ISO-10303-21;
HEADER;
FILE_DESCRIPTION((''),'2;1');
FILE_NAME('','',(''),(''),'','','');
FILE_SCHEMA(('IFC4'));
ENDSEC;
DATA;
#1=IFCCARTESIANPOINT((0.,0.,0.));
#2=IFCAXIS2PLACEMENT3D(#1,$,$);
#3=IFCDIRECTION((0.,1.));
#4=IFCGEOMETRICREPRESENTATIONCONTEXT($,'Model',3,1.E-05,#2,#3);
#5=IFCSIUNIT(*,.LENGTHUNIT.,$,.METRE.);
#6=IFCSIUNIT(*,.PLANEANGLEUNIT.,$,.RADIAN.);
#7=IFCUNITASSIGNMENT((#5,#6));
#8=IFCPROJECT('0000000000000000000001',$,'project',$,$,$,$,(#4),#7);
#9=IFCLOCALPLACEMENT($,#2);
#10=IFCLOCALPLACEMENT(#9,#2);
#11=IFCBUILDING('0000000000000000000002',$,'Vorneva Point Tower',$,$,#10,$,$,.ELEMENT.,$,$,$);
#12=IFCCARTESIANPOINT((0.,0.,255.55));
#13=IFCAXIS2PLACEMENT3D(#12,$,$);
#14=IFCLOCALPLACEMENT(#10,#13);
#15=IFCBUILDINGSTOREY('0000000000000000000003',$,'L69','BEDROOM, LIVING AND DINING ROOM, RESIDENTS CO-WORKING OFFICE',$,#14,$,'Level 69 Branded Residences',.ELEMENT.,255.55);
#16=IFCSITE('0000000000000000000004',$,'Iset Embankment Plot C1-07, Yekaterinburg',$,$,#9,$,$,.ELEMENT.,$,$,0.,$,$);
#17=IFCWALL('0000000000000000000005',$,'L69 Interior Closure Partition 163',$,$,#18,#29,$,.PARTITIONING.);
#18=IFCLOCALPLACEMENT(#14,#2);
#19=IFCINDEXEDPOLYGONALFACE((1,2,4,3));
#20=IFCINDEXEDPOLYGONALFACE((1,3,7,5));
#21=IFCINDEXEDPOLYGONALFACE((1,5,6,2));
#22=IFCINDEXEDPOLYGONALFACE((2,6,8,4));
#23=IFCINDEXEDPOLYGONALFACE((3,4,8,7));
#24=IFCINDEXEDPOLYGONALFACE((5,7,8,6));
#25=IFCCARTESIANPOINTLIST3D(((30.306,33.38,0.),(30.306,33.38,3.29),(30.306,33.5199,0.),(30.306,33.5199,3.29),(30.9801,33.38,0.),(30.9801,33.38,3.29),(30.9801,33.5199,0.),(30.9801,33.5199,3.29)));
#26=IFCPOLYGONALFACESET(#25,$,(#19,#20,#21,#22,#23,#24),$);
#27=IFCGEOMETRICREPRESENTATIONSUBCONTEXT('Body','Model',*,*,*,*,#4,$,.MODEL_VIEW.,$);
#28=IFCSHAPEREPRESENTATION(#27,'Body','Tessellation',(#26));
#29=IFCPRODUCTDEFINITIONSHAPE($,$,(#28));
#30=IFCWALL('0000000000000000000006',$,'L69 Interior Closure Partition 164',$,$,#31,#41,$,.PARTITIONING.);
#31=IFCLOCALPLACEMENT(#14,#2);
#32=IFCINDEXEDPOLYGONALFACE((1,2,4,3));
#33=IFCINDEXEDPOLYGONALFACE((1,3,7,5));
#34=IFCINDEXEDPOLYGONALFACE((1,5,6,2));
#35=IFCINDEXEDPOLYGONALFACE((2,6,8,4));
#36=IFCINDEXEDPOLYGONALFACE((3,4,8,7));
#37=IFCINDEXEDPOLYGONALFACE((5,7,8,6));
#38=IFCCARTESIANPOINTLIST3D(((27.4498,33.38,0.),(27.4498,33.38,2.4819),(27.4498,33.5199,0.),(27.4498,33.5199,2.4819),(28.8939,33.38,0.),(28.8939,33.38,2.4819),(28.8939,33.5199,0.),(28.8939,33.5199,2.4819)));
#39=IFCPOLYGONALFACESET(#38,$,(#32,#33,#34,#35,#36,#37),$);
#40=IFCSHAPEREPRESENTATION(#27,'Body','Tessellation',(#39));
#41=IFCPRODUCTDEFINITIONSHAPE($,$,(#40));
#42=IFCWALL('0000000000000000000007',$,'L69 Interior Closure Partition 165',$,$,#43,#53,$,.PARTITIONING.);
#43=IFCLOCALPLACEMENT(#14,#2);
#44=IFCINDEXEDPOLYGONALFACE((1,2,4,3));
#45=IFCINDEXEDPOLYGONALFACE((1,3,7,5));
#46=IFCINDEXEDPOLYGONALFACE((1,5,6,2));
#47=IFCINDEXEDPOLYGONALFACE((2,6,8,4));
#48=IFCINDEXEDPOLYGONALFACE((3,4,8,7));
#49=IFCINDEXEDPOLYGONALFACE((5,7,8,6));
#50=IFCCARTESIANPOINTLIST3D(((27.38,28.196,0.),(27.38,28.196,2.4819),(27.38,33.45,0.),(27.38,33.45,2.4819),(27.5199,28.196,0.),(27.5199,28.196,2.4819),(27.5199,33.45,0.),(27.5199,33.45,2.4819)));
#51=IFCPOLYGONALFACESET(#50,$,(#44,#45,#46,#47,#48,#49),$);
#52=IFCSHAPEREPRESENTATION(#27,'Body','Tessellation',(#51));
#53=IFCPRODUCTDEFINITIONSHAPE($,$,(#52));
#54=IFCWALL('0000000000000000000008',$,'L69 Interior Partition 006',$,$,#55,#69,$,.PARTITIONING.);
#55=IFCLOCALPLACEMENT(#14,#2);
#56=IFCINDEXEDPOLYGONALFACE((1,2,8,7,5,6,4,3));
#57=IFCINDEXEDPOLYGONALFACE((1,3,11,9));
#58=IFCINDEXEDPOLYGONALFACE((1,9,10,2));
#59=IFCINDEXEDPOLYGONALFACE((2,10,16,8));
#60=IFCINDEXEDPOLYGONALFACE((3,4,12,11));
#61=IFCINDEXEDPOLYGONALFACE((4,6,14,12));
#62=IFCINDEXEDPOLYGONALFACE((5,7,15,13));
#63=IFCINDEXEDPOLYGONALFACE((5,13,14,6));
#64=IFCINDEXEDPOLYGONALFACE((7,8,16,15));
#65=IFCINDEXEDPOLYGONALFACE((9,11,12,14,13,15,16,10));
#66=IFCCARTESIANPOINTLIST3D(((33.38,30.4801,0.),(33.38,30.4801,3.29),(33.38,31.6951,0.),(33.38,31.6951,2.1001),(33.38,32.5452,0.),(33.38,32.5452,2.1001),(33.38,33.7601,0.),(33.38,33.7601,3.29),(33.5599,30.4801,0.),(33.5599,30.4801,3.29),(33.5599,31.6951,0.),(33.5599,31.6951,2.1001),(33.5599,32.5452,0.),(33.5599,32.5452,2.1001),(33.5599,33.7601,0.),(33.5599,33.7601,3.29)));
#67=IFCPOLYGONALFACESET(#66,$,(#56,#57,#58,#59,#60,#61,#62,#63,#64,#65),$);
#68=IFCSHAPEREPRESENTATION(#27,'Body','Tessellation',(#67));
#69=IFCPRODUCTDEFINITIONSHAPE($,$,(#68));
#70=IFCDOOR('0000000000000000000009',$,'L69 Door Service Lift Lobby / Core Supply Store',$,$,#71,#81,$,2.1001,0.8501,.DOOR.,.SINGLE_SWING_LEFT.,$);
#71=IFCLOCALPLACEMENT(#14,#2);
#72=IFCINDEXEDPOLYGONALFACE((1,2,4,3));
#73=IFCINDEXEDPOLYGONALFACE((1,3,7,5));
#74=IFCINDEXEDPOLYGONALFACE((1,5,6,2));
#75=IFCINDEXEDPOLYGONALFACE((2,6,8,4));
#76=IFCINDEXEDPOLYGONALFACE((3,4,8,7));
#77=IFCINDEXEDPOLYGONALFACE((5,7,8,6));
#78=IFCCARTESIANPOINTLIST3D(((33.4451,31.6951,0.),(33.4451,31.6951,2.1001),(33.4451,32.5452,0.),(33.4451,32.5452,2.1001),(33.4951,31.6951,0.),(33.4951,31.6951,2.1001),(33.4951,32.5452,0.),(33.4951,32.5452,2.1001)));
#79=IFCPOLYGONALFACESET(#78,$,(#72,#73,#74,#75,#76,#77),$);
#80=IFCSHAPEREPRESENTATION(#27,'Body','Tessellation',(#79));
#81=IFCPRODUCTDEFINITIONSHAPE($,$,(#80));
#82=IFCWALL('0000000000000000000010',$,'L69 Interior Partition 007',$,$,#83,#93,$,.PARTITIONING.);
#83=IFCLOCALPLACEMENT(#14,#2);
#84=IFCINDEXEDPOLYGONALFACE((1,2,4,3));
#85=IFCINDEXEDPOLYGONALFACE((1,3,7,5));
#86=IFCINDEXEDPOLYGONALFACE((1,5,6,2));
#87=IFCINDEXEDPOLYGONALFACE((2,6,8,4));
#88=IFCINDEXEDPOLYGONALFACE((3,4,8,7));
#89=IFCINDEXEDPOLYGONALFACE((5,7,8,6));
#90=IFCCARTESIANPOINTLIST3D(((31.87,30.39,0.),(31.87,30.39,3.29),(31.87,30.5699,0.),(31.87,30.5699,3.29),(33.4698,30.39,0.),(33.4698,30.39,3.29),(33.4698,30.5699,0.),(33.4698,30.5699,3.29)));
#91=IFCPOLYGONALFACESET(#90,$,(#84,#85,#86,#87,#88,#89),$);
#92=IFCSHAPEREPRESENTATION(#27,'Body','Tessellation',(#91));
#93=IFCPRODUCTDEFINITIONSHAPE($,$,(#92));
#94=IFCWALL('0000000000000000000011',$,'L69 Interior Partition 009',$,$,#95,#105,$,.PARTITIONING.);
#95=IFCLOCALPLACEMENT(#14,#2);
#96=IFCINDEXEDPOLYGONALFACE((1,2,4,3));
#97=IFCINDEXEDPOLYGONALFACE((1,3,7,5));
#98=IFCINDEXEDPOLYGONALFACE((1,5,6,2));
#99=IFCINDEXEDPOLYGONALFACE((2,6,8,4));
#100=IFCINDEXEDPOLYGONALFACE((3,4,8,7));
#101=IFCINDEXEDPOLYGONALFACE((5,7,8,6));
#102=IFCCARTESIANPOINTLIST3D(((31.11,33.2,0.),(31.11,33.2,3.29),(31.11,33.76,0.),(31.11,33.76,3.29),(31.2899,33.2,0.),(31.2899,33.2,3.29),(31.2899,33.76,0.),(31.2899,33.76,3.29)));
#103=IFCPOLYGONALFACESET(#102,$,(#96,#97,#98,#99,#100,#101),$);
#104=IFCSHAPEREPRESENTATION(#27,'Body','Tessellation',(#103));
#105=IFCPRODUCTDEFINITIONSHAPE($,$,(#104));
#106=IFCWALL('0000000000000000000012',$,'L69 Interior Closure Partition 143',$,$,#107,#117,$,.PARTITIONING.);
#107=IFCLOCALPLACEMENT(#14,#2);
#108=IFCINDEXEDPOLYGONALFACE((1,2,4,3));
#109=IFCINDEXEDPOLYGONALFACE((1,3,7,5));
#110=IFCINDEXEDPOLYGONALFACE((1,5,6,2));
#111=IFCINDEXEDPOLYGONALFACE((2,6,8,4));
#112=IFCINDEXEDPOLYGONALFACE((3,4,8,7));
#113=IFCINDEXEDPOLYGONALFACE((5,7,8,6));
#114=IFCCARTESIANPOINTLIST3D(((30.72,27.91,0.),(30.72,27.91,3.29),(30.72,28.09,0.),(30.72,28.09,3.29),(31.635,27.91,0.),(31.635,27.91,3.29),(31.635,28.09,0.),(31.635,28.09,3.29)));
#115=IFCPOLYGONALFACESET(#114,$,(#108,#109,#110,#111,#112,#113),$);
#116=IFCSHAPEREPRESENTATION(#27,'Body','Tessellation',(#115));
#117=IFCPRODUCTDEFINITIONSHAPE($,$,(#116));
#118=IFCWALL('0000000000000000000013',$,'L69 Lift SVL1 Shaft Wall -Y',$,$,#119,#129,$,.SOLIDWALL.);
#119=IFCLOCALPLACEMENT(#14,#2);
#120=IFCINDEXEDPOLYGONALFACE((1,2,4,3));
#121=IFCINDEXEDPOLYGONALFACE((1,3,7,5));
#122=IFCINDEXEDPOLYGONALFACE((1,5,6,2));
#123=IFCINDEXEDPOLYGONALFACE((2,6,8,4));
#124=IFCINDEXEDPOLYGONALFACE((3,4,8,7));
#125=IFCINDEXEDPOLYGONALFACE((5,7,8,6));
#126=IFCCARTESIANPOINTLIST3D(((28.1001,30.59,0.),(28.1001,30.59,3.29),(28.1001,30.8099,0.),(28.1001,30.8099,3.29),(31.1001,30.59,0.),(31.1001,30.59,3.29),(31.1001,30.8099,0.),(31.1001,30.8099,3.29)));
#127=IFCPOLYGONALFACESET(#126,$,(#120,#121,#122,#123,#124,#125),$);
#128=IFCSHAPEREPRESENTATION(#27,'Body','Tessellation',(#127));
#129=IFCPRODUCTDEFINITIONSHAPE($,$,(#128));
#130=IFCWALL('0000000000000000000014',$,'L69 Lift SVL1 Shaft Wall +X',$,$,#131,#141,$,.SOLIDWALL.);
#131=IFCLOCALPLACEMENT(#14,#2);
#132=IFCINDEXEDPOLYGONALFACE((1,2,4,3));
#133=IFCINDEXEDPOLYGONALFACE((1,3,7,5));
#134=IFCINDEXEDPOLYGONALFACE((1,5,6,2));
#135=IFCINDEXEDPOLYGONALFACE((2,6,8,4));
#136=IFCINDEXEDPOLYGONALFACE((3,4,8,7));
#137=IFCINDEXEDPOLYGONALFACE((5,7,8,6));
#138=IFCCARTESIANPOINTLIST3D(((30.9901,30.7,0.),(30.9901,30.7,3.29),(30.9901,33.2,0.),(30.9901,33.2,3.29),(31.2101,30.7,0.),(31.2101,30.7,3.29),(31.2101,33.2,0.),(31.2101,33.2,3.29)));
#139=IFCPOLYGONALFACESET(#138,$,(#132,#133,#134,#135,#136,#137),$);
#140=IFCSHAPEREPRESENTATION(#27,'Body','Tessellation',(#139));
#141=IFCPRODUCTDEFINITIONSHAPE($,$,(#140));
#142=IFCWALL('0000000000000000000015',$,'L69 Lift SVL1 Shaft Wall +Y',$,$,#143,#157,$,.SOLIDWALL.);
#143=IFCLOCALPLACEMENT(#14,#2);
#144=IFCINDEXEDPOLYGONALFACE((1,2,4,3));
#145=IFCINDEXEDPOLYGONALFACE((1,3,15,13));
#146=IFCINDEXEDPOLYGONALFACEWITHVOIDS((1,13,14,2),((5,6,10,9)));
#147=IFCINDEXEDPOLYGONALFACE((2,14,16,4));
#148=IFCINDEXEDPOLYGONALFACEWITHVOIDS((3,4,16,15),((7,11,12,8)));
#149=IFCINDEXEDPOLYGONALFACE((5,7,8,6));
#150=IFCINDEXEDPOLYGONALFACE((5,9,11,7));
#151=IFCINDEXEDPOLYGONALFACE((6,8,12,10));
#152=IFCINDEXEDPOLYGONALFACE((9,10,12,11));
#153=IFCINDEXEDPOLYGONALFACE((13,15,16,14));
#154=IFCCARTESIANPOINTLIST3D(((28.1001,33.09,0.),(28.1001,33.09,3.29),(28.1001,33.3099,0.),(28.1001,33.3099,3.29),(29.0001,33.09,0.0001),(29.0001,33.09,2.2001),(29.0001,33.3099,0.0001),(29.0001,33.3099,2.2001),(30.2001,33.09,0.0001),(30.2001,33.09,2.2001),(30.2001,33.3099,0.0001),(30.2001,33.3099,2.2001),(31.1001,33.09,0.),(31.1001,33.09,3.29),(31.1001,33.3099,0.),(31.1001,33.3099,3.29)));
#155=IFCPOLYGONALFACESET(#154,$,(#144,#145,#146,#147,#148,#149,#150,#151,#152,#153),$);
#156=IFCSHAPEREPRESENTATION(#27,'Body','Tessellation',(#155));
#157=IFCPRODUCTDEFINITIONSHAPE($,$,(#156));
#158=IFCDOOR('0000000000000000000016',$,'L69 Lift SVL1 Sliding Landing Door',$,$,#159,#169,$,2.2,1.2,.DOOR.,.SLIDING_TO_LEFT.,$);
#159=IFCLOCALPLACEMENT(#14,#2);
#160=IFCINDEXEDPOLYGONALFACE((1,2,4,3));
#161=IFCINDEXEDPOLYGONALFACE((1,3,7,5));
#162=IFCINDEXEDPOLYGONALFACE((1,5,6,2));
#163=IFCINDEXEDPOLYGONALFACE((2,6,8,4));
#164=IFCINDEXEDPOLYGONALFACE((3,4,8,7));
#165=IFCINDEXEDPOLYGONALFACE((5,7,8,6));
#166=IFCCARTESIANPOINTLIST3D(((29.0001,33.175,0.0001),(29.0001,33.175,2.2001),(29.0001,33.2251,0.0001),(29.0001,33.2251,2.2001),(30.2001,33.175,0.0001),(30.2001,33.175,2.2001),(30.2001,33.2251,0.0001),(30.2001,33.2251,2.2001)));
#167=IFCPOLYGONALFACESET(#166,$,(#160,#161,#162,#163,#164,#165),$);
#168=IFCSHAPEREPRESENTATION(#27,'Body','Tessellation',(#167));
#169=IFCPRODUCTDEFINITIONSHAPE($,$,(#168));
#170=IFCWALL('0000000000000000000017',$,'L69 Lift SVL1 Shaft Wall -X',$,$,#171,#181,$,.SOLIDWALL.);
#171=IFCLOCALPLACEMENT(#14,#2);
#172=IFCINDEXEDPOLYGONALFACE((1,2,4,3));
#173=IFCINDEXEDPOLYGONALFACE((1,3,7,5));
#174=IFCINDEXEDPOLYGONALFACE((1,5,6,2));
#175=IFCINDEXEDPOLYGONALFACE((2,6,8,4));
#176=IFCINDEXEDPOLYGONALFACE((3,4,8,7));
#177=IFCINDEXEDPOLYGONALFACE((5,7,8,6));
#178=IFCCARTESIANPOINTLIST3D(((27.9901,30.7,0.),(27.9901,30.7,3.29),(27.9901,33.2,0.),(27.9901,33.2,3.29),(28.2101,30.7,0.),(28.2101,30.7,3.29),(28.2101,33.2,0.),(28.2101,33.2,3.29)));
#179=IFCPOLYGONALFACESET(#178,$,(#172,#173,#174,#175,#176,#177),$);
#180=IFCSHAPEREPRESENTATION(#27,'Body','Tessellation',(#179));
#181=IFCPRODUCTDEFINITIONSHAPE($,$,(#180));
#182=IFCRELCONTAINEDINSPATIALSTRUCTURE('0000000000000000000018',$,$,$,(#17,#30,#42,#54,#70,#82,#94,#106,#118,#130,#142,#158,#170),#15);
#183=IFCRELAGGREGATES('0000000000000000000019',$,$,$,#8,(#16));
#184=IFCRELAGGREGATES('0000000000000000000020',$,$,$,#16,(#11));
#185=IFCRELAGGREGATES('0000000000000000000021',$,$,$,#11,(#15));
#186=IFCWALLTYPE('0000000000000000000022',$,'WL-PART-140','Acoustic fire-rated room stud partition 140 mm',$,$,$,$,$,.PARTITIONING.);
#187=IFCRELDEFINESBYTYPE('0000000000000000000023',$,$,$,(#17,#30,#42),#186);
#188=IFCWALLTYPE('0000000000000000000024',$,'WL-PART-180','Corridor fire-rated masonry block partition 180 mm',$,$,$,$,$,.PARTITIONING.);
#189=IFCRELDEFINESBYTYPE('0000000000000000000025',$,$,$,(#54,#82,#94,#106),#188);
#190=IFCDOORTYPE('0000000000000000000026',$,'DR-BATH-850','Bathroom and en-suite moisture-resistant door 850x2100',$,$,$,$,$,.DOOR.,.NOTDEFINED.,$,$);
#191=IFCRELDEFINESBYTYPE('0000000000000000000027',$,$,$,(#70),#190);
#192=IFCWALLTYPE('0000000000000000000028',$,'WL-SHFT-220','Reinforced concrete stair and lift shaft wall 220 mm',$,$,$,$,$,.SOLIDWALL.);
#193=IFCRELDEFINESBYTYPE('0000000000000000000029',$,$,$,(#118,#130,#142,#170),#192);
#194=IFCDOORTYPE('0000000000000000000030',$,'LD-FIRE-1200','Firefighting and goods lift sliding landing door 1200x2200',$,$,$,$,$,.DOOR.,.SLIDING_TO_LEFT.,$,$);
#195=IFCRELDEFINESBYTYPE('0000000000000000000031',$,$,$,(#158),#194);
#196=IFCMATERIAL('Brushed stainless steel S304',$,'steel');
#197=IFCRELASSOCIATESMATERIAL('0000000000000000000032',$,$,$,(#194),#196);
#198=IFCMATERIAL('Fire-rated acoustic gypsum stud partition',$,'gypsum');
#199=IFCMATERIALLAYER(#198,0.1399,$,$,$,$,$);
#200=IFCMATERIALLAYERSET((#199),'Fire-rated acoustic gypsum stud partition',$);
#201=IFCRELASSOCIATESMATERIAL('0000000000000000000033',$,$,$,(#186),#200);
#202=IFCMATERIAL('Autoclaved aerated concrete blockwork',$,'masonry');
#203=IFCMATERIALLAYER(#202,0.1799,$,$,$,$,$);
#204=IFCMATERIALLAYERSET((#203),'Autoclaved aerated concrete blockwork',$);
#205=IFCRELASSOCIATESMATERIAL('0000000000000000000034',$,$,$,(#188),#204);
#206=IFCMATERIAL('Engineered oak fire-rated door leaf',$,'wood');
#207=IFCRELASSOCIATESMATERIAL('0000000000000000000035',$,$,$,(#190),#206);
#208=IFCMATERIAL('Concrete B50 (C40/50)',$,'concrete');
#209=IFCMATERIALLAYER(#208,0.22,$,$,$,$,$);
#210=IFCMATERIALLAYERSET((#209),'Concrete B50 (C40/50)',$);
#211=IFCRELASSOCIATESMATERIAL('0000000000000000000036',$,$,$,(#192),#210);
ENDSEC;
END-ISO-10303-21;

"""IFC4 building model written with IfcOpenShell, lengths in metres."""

from ifc_helpers import new_model, si_unit, direction, frame, frame_2d, origin, place, context, subcontext, project, spatial, rectangle, extrude, material, layer, layer_set, type_object, element, fill, save


model = new_model("IFC4")

# Units and contexts
model_context = context("Model", 3, precision=1e-05, world=origin(), true_north=direction((0.0, 1.0)))
body_context = subcontext(model_context, "Body", "Model", "MODEL_VIEW")
ifc_project = project(units=[si_unit("LENGTHUNIT", "METRE"), si_unit("PLANEANGLEUNIT", "RADIAN")], contexts=[model_context])

# Site, building, storey
site_placement = place(None, origin())
site = spatial("IfcSite", under=ifc_project, at=site_placement, Name="Iset Embankment Plot C1-07, Yekaterinburg", CompositionType="ELEMENT", RefElevation=0.0)
building_placement = place(site_placement, origin())
building = spatial("IfcBuilding", under=site, at=building_placement, Name="Vorneva Point Tower", CompositionType="ELEMENT")
storey_placement = place(building_placement, frame((0.0, 0.0, 255.55)))
storey = spatial("IfcBuildingStorey", under=building, at=storey_placement, Name="L69", Description="BEDROOM, LIVING AND DINING ROOM, RESIDENTS CO-WORKING OFFICE", LongName="Level 69 Branded Residences", CompositionType="ELEMENT", Elevation=255.55)

# Shared definitions
ifc_material_1 = material(Name="Concrete B50 (C40/50)", Category="concrete")

# Shared definitions
ifc_material_2 = material(Name="Brushed stainless steel S304", Category="steel")
door_type_1 = type_object("IfcDoorType", Name="LD-FIRE-1200", Description="Firefighting and goods lift sliding landing door 1200x2200", OperationType="SLIDING_TO_LEFT", PredefinedType="DOOR", material=ifc_material_2)

# Walls
ifc_material_3 = material(Name="Fire-rated acoustic gypsum stud partition", Category="gypsum")
ifc_layer_1 = layer(ifc_material_3, 0.1399)
ifc_layer_set_1 = layer_set([ifc_layer_1], Name="Fire-rated acoustic gypsum stud partition")
wall_type_1 = type_object("IfcWallType", Name="WL-PART-140", Description="Acoustic fire-rated room stud partition 140 mm", PredefinedType="PARTITIONING", material=ifc_layer_set_1)
wall_1_placement = place(storey_placement, frame((30.98, 33.45, 0.0), z_axis=(0.0, 0.0, 1.0), x_axis=(-1.0, 0.0, 0.0)))
element("IfcWall", 1, at=wall_1_placement, inside=storey, type_object=wall_type_1, Name="L69 Interior Closure Partition 163", PredefinedType="PARTITIONING", context=body_context, shape_type="SweptSolid", body=[
    extrude(rectangle(XDim=0.6741, YDim=0.1399, at=frame_2d((0.3369, 0.0))), origin(), (0.0, 0.0, 1.0), 3.29),
])
wall_2_placement = place(storey_placement, frame((28.894, 33.45, 0.0), z_axis=(0.0, 0.0, 1.0), x_axis=(-1.0, 0.0, 0.0)))
element("IfcWall", 2, at=wall_2_placement, inside=storey, type_object=wall_type_1, Name="L69 Interior Closure Partition 164", PredefinedType="PARTITIONING", context=body_context, shape_type="SweptSolid", body=[
    extrude(rectangle(XDim=1.4441, YDim=0.1399, at=frame_2d((0.7222, 0.0))), origin(), (0.0, 0.0, 1.0), 2.4819),
])
wall_3_placement = place(storey_placement, frame((27.45, 33.45, 0.0), z_axis=(0.0, 0.0, 1.0), x_axis=(0.0, -1.0, 0.0)))
element("IfcWall", 3, at=wall_3_placement, inside=storey, type_object=wall_type_1, Name="L69 Interior Closure Partition 165", PredefinedType="PARTITIONING", context=body_context, shape_type="SweptSolid", body=[
    extrude(rectangle(XDim=5.2539, YDim=0.1399, at=frame_2d((2.627, 0.0))), origin(), (0.0, 0.0, 1.0), 2.4819),
])

# Wall, opening, door
ifc_material_4 = material(Name="Autoclaved aerated concrete blockwork", Category="masonry")
ifc_layer_2 = layer(ifc_material_4, 0.1799)
ifc_layer_set_2 = layer_set([ifc_layer_2], Name="Autoclaved aerated concrete blockwork")
wall_type_2 = type_object("IfcWallType", Name="WL-PART-180", Description="Corridor fire-rated masonry block partition 180 mm", PredefinedType="PARTITIONING", material=ifc_layer_set_2)
wall_4_placement = place(storey_placement, frame((33.47, 30.48, 0.0), z_axis=(0.0, 0.0, 1.0), x_axis=(0.0, 1.0, 0.0)))
wall_4 = element("IfcWall", 4, at=wall_4_placement, inside=storey, type_object=wall_type_2, Name="L69 Interior Partition 006", PredefinedType="PARTITIONING", context=body_context, shape_type="SweptSolid", body=[
    extrude(rectangle(XDim=3.28, YDim=0.1799, at=frame_2d((1.6401, 0.0))), origin(), (0.0, 0.0, 1.0), 3.29),
])
opening_1_placement = place(wall_4_placement, frame((1.2151, 0.0, 0.0)))
opening_1 = element("IfcOpeningElement", 5, at=opening_1_placement, cuts=wall_4, PredefinedType="OPENING", context=body_context, shape_type="SweptSolid", body=[
    extrude(rectangle(XDim=0.8501, YDim=2.1001, at=frame_2d((0.425, 1.05))), frame((0.0, 0.105, 0.0), z_axis=(0.0, -1.0, 0.0), x_axis=(1.0, 0.0, 0.0)), (0.0, 0.0, 1.0), 0.2097),
])
ifc_material_5 = material(Name="Engineered oak fire-rated door leaf", Category="wood")
door_type_2 = type_object("IfcDoorType", Name="DR-BATH-850", Description="Bathroom and en-suite moisture-resistant door 850x2100", OperationType="NOTDEFINED", PredefinedType="DOOR", material=ifc_material_5)
door_1_placement = place(opening_1_placement, origin())
door_1 = element("IfcDoor", 6, at=door_1_placement, inside=storey, type_object=door_type_2, Name="L69 Door Service Lift Lobby / Core Supply Store", OperationType="SINGLE_SWING_LEFT", OverallHeight=2.1001, OverallWidth=0.8501, PredefinedType="DOOR", context=body_context, shape_type="SweptSolid", body=[
    extrude(rectangle(XDim=0.8501, YDim=2.1001, at=frame_2d((0.425, 1.05))), frame((0.0, 0.0249, 0.0), z_axis=(0.0, -1.0, 0.0), x_axis=(1.0, 0.0, 0.0)), (0.0, 0.0, 1.0), 0.05),
])
fill(opening_1, door_1)

# Walls
wall_5_placement = place(storey_placement, frame((31.8701, 30.48, 0.0), z_axis=(0.0, 0.0, 1.0), x_axis=(1.0, 0.0, 0.0)))
element("IfcWall", 7, at=wall_5_placement, inside=storey, type_object=wall_type_2, Name="L69 Interior Partition 007", PredefinedType="PARTITIONING", context=body_context, shape_type="SweptSolid", body=[
    extrude(rectangle(XDim=1.5999, YDim=0.1799, at=frame_2d((0.7998, 0.0))), origin(), (0.0, 0.0, 1.0), 3.29),
])
wall_6_placement = place(storey_placement, frame((31.2, 33.76, 0.0), z_axis=(0.0, 0.0, 1.0), x_axis=(0.0, -1.0, 0.0)))
element("IfcWall", 8, at=wall_6_placement, inside=storey, type_object=wall_type_2, Name="L69 Interior Partition 009", PredefinedType="PARTITIONING", context=body_context, shape_type="SweptSolid", body=[
    extrude(rectangle(XDim=0.5601, YDim=0.1799, at=frame_2d((0.28, 0.0))), origin(), (0.0, 0.0, 1.0), 3.29),
])
wall_7_placement = place(storey_placement, frame((31.635, 28.0, 0.0), z_axis=(0.0, 0.0, 1.0), x_axis=(-1.0, 0.0, 0.0)))
element("IfcWall", 9, at=wall_7_placement, inside=storey, type_object=wall_type_2, Name="L69 Interior Closure Partition 143", PredefinedType="PARTITIONING", context=body_context, shape_type="SweptSolid", body=[
    extrude(rectangle(XDim=0.915, YDim=0.1799, at=frame_2d((0.4575, 0.0))), origin(), (0.0, 0.0, 1.0), 3.29),
])
ifc_layer_3 = layer(ifc_material_1, 0.22)
ifc_layer_set_3 = layer_set([ifc_layer_3], Name="Concrete B50 (C40/50)")
wall_type_3 = type_object("IfcWallType", Name="WL-SHFT-220", Description="Reinforced concrete stair and lift shaft wall 220 mm", PredefinedType="SOLIDWALL", material=ifc_layer_set_3)
wall_8_placement = place(storey_placement, frame((28.1001, 30.7, 0.0), z_axis=(0.0, 0.0, 1.0), x_axis=(1.0, 0.0, 0.0)))
element("IfcWall", 10, at=wall_8_placement, inside=storey, type_object=wall_type_3, Name="L69 Lift SVL1 Shaft Wall -Y", PredefinedType="SOLIDWALL", context=body_context, shape_type="SweptSolid", body=[
    extrude(rectangle(XDim=3.0, YDim=0.22, at=frame_2d((1.5, 0.0))), origin(), (0.0, 0.0, 1.0), 3.29),
])
wall_9_placement = place(storey_placement, frame((31.1001, 30.7, 0.0), z_axis=(0.0, 0.0, 1.0), x_axis=(0.0, 1.0, 0.0)))
element("IfcWall", 11, at=wall_9_placement, inside=storey, type_object=wall_type_3, Name="L69 Lift SVL1 Shaft Wall +X", PredefinedType="SOLIDWALL", context=body_context, shape_type="SweptSolid", body=[
    extrude(rectangle(XDim=2.5, YDim=0.22, at=frame_2d((1.25, 0.0))), origin(), (0.0, 0.0, 1.0), 3.29),
])

# Wall, opening, door
wall_10_placement = place(storey_placement, frame((31.1001, 33.2, 0.0), z_axis=(0.0, 0.0, 1.0), x_axis=(-1.0, 0.0, 0.0)))
wall_10 = element("IfcWall", 12, at=wall_10_placement, inside=storey, type_object=wall_type_3, Name="L69 Lift SVL1 Shaft Wall +Y", PredefinedType="SOLIDWALL", context=body_context, shape_type="SweptSolid", body=[
    extrude(rectangle(XDim=3.0, YDim=0.22, at=frame_2d((1.5, 0.0))), origin(), (0.0, 0.0, 1.0), 3.29),
])
opening_2_placement = place(wall_10_placement, frame((0.8999, 0.0, 0.0)))
opening_2 = element("IfcOpeningElement", 13, at=opening_2_placement, cuts=wall_10, PredefinedType="OPENING", context=body_context, shape_type="SweptSolid", body=[
    extrude(rectangle(XDim=1.2, YDim=2.2, at=frame_2d((0.6001, 1.1001))), frame((0.0, 0.125, 0.0), z_axis=(0.0, -1.0, 0.0), x_axis=(1.0, 0.0, 0.0)), (0.0, 0.0, 1.0), 0.2498),
])
door_2_placement = place(opening_2_placement, origin())
door_2 = element("IfcDoor", 14, at=door_2_placement, inside=storey, type_object=door_type_1, Name="L69 Lift SVL1 Sliding Landing Door", OperationType="SLIDING_TO_LEFT", OverallHeight=2.2, OverallWidth=1.2, PredefinedType="DOOR", context=body_context, shape_type="SweptSolid", body=[
    extrude(rectangle(XDim=1.2, YDim=2.2, at=frame_2d((0.6001, 1.1001))), frame((0.0, 0.0249, 0.0), z_axis=(0.0, -1.0, 0.0), x_axis=(1.0, 0.0, 0.0)), (0.0, 0.0, 1.0), 0.05),
])
fill(opening_2, door_2)

# Wall
wall_11_placement = place(storey_placement, frame((28.1001, 33.2, 0.0), z_axis=(0.0, 0.0, 1.0), x_axis=(0.0, -1.0, 0.0)))
element("IfcWall", 15, at=wall_11_placement, inside=storey, type_object=wall_type_3, Name="L69 Lift SVL1 Shaft Wall -X", PredefinedType="SOLIDWALL", context=body_context, shape_type="SweptSolid", body=[
    extrude(rectangle(XDim=2.5, YDim=0.22, at=frame_2d((1.25, 0.0))), origin(), (0.0, 0.0, 1.0), 3.29),
])

save(model, "model.ifc")
